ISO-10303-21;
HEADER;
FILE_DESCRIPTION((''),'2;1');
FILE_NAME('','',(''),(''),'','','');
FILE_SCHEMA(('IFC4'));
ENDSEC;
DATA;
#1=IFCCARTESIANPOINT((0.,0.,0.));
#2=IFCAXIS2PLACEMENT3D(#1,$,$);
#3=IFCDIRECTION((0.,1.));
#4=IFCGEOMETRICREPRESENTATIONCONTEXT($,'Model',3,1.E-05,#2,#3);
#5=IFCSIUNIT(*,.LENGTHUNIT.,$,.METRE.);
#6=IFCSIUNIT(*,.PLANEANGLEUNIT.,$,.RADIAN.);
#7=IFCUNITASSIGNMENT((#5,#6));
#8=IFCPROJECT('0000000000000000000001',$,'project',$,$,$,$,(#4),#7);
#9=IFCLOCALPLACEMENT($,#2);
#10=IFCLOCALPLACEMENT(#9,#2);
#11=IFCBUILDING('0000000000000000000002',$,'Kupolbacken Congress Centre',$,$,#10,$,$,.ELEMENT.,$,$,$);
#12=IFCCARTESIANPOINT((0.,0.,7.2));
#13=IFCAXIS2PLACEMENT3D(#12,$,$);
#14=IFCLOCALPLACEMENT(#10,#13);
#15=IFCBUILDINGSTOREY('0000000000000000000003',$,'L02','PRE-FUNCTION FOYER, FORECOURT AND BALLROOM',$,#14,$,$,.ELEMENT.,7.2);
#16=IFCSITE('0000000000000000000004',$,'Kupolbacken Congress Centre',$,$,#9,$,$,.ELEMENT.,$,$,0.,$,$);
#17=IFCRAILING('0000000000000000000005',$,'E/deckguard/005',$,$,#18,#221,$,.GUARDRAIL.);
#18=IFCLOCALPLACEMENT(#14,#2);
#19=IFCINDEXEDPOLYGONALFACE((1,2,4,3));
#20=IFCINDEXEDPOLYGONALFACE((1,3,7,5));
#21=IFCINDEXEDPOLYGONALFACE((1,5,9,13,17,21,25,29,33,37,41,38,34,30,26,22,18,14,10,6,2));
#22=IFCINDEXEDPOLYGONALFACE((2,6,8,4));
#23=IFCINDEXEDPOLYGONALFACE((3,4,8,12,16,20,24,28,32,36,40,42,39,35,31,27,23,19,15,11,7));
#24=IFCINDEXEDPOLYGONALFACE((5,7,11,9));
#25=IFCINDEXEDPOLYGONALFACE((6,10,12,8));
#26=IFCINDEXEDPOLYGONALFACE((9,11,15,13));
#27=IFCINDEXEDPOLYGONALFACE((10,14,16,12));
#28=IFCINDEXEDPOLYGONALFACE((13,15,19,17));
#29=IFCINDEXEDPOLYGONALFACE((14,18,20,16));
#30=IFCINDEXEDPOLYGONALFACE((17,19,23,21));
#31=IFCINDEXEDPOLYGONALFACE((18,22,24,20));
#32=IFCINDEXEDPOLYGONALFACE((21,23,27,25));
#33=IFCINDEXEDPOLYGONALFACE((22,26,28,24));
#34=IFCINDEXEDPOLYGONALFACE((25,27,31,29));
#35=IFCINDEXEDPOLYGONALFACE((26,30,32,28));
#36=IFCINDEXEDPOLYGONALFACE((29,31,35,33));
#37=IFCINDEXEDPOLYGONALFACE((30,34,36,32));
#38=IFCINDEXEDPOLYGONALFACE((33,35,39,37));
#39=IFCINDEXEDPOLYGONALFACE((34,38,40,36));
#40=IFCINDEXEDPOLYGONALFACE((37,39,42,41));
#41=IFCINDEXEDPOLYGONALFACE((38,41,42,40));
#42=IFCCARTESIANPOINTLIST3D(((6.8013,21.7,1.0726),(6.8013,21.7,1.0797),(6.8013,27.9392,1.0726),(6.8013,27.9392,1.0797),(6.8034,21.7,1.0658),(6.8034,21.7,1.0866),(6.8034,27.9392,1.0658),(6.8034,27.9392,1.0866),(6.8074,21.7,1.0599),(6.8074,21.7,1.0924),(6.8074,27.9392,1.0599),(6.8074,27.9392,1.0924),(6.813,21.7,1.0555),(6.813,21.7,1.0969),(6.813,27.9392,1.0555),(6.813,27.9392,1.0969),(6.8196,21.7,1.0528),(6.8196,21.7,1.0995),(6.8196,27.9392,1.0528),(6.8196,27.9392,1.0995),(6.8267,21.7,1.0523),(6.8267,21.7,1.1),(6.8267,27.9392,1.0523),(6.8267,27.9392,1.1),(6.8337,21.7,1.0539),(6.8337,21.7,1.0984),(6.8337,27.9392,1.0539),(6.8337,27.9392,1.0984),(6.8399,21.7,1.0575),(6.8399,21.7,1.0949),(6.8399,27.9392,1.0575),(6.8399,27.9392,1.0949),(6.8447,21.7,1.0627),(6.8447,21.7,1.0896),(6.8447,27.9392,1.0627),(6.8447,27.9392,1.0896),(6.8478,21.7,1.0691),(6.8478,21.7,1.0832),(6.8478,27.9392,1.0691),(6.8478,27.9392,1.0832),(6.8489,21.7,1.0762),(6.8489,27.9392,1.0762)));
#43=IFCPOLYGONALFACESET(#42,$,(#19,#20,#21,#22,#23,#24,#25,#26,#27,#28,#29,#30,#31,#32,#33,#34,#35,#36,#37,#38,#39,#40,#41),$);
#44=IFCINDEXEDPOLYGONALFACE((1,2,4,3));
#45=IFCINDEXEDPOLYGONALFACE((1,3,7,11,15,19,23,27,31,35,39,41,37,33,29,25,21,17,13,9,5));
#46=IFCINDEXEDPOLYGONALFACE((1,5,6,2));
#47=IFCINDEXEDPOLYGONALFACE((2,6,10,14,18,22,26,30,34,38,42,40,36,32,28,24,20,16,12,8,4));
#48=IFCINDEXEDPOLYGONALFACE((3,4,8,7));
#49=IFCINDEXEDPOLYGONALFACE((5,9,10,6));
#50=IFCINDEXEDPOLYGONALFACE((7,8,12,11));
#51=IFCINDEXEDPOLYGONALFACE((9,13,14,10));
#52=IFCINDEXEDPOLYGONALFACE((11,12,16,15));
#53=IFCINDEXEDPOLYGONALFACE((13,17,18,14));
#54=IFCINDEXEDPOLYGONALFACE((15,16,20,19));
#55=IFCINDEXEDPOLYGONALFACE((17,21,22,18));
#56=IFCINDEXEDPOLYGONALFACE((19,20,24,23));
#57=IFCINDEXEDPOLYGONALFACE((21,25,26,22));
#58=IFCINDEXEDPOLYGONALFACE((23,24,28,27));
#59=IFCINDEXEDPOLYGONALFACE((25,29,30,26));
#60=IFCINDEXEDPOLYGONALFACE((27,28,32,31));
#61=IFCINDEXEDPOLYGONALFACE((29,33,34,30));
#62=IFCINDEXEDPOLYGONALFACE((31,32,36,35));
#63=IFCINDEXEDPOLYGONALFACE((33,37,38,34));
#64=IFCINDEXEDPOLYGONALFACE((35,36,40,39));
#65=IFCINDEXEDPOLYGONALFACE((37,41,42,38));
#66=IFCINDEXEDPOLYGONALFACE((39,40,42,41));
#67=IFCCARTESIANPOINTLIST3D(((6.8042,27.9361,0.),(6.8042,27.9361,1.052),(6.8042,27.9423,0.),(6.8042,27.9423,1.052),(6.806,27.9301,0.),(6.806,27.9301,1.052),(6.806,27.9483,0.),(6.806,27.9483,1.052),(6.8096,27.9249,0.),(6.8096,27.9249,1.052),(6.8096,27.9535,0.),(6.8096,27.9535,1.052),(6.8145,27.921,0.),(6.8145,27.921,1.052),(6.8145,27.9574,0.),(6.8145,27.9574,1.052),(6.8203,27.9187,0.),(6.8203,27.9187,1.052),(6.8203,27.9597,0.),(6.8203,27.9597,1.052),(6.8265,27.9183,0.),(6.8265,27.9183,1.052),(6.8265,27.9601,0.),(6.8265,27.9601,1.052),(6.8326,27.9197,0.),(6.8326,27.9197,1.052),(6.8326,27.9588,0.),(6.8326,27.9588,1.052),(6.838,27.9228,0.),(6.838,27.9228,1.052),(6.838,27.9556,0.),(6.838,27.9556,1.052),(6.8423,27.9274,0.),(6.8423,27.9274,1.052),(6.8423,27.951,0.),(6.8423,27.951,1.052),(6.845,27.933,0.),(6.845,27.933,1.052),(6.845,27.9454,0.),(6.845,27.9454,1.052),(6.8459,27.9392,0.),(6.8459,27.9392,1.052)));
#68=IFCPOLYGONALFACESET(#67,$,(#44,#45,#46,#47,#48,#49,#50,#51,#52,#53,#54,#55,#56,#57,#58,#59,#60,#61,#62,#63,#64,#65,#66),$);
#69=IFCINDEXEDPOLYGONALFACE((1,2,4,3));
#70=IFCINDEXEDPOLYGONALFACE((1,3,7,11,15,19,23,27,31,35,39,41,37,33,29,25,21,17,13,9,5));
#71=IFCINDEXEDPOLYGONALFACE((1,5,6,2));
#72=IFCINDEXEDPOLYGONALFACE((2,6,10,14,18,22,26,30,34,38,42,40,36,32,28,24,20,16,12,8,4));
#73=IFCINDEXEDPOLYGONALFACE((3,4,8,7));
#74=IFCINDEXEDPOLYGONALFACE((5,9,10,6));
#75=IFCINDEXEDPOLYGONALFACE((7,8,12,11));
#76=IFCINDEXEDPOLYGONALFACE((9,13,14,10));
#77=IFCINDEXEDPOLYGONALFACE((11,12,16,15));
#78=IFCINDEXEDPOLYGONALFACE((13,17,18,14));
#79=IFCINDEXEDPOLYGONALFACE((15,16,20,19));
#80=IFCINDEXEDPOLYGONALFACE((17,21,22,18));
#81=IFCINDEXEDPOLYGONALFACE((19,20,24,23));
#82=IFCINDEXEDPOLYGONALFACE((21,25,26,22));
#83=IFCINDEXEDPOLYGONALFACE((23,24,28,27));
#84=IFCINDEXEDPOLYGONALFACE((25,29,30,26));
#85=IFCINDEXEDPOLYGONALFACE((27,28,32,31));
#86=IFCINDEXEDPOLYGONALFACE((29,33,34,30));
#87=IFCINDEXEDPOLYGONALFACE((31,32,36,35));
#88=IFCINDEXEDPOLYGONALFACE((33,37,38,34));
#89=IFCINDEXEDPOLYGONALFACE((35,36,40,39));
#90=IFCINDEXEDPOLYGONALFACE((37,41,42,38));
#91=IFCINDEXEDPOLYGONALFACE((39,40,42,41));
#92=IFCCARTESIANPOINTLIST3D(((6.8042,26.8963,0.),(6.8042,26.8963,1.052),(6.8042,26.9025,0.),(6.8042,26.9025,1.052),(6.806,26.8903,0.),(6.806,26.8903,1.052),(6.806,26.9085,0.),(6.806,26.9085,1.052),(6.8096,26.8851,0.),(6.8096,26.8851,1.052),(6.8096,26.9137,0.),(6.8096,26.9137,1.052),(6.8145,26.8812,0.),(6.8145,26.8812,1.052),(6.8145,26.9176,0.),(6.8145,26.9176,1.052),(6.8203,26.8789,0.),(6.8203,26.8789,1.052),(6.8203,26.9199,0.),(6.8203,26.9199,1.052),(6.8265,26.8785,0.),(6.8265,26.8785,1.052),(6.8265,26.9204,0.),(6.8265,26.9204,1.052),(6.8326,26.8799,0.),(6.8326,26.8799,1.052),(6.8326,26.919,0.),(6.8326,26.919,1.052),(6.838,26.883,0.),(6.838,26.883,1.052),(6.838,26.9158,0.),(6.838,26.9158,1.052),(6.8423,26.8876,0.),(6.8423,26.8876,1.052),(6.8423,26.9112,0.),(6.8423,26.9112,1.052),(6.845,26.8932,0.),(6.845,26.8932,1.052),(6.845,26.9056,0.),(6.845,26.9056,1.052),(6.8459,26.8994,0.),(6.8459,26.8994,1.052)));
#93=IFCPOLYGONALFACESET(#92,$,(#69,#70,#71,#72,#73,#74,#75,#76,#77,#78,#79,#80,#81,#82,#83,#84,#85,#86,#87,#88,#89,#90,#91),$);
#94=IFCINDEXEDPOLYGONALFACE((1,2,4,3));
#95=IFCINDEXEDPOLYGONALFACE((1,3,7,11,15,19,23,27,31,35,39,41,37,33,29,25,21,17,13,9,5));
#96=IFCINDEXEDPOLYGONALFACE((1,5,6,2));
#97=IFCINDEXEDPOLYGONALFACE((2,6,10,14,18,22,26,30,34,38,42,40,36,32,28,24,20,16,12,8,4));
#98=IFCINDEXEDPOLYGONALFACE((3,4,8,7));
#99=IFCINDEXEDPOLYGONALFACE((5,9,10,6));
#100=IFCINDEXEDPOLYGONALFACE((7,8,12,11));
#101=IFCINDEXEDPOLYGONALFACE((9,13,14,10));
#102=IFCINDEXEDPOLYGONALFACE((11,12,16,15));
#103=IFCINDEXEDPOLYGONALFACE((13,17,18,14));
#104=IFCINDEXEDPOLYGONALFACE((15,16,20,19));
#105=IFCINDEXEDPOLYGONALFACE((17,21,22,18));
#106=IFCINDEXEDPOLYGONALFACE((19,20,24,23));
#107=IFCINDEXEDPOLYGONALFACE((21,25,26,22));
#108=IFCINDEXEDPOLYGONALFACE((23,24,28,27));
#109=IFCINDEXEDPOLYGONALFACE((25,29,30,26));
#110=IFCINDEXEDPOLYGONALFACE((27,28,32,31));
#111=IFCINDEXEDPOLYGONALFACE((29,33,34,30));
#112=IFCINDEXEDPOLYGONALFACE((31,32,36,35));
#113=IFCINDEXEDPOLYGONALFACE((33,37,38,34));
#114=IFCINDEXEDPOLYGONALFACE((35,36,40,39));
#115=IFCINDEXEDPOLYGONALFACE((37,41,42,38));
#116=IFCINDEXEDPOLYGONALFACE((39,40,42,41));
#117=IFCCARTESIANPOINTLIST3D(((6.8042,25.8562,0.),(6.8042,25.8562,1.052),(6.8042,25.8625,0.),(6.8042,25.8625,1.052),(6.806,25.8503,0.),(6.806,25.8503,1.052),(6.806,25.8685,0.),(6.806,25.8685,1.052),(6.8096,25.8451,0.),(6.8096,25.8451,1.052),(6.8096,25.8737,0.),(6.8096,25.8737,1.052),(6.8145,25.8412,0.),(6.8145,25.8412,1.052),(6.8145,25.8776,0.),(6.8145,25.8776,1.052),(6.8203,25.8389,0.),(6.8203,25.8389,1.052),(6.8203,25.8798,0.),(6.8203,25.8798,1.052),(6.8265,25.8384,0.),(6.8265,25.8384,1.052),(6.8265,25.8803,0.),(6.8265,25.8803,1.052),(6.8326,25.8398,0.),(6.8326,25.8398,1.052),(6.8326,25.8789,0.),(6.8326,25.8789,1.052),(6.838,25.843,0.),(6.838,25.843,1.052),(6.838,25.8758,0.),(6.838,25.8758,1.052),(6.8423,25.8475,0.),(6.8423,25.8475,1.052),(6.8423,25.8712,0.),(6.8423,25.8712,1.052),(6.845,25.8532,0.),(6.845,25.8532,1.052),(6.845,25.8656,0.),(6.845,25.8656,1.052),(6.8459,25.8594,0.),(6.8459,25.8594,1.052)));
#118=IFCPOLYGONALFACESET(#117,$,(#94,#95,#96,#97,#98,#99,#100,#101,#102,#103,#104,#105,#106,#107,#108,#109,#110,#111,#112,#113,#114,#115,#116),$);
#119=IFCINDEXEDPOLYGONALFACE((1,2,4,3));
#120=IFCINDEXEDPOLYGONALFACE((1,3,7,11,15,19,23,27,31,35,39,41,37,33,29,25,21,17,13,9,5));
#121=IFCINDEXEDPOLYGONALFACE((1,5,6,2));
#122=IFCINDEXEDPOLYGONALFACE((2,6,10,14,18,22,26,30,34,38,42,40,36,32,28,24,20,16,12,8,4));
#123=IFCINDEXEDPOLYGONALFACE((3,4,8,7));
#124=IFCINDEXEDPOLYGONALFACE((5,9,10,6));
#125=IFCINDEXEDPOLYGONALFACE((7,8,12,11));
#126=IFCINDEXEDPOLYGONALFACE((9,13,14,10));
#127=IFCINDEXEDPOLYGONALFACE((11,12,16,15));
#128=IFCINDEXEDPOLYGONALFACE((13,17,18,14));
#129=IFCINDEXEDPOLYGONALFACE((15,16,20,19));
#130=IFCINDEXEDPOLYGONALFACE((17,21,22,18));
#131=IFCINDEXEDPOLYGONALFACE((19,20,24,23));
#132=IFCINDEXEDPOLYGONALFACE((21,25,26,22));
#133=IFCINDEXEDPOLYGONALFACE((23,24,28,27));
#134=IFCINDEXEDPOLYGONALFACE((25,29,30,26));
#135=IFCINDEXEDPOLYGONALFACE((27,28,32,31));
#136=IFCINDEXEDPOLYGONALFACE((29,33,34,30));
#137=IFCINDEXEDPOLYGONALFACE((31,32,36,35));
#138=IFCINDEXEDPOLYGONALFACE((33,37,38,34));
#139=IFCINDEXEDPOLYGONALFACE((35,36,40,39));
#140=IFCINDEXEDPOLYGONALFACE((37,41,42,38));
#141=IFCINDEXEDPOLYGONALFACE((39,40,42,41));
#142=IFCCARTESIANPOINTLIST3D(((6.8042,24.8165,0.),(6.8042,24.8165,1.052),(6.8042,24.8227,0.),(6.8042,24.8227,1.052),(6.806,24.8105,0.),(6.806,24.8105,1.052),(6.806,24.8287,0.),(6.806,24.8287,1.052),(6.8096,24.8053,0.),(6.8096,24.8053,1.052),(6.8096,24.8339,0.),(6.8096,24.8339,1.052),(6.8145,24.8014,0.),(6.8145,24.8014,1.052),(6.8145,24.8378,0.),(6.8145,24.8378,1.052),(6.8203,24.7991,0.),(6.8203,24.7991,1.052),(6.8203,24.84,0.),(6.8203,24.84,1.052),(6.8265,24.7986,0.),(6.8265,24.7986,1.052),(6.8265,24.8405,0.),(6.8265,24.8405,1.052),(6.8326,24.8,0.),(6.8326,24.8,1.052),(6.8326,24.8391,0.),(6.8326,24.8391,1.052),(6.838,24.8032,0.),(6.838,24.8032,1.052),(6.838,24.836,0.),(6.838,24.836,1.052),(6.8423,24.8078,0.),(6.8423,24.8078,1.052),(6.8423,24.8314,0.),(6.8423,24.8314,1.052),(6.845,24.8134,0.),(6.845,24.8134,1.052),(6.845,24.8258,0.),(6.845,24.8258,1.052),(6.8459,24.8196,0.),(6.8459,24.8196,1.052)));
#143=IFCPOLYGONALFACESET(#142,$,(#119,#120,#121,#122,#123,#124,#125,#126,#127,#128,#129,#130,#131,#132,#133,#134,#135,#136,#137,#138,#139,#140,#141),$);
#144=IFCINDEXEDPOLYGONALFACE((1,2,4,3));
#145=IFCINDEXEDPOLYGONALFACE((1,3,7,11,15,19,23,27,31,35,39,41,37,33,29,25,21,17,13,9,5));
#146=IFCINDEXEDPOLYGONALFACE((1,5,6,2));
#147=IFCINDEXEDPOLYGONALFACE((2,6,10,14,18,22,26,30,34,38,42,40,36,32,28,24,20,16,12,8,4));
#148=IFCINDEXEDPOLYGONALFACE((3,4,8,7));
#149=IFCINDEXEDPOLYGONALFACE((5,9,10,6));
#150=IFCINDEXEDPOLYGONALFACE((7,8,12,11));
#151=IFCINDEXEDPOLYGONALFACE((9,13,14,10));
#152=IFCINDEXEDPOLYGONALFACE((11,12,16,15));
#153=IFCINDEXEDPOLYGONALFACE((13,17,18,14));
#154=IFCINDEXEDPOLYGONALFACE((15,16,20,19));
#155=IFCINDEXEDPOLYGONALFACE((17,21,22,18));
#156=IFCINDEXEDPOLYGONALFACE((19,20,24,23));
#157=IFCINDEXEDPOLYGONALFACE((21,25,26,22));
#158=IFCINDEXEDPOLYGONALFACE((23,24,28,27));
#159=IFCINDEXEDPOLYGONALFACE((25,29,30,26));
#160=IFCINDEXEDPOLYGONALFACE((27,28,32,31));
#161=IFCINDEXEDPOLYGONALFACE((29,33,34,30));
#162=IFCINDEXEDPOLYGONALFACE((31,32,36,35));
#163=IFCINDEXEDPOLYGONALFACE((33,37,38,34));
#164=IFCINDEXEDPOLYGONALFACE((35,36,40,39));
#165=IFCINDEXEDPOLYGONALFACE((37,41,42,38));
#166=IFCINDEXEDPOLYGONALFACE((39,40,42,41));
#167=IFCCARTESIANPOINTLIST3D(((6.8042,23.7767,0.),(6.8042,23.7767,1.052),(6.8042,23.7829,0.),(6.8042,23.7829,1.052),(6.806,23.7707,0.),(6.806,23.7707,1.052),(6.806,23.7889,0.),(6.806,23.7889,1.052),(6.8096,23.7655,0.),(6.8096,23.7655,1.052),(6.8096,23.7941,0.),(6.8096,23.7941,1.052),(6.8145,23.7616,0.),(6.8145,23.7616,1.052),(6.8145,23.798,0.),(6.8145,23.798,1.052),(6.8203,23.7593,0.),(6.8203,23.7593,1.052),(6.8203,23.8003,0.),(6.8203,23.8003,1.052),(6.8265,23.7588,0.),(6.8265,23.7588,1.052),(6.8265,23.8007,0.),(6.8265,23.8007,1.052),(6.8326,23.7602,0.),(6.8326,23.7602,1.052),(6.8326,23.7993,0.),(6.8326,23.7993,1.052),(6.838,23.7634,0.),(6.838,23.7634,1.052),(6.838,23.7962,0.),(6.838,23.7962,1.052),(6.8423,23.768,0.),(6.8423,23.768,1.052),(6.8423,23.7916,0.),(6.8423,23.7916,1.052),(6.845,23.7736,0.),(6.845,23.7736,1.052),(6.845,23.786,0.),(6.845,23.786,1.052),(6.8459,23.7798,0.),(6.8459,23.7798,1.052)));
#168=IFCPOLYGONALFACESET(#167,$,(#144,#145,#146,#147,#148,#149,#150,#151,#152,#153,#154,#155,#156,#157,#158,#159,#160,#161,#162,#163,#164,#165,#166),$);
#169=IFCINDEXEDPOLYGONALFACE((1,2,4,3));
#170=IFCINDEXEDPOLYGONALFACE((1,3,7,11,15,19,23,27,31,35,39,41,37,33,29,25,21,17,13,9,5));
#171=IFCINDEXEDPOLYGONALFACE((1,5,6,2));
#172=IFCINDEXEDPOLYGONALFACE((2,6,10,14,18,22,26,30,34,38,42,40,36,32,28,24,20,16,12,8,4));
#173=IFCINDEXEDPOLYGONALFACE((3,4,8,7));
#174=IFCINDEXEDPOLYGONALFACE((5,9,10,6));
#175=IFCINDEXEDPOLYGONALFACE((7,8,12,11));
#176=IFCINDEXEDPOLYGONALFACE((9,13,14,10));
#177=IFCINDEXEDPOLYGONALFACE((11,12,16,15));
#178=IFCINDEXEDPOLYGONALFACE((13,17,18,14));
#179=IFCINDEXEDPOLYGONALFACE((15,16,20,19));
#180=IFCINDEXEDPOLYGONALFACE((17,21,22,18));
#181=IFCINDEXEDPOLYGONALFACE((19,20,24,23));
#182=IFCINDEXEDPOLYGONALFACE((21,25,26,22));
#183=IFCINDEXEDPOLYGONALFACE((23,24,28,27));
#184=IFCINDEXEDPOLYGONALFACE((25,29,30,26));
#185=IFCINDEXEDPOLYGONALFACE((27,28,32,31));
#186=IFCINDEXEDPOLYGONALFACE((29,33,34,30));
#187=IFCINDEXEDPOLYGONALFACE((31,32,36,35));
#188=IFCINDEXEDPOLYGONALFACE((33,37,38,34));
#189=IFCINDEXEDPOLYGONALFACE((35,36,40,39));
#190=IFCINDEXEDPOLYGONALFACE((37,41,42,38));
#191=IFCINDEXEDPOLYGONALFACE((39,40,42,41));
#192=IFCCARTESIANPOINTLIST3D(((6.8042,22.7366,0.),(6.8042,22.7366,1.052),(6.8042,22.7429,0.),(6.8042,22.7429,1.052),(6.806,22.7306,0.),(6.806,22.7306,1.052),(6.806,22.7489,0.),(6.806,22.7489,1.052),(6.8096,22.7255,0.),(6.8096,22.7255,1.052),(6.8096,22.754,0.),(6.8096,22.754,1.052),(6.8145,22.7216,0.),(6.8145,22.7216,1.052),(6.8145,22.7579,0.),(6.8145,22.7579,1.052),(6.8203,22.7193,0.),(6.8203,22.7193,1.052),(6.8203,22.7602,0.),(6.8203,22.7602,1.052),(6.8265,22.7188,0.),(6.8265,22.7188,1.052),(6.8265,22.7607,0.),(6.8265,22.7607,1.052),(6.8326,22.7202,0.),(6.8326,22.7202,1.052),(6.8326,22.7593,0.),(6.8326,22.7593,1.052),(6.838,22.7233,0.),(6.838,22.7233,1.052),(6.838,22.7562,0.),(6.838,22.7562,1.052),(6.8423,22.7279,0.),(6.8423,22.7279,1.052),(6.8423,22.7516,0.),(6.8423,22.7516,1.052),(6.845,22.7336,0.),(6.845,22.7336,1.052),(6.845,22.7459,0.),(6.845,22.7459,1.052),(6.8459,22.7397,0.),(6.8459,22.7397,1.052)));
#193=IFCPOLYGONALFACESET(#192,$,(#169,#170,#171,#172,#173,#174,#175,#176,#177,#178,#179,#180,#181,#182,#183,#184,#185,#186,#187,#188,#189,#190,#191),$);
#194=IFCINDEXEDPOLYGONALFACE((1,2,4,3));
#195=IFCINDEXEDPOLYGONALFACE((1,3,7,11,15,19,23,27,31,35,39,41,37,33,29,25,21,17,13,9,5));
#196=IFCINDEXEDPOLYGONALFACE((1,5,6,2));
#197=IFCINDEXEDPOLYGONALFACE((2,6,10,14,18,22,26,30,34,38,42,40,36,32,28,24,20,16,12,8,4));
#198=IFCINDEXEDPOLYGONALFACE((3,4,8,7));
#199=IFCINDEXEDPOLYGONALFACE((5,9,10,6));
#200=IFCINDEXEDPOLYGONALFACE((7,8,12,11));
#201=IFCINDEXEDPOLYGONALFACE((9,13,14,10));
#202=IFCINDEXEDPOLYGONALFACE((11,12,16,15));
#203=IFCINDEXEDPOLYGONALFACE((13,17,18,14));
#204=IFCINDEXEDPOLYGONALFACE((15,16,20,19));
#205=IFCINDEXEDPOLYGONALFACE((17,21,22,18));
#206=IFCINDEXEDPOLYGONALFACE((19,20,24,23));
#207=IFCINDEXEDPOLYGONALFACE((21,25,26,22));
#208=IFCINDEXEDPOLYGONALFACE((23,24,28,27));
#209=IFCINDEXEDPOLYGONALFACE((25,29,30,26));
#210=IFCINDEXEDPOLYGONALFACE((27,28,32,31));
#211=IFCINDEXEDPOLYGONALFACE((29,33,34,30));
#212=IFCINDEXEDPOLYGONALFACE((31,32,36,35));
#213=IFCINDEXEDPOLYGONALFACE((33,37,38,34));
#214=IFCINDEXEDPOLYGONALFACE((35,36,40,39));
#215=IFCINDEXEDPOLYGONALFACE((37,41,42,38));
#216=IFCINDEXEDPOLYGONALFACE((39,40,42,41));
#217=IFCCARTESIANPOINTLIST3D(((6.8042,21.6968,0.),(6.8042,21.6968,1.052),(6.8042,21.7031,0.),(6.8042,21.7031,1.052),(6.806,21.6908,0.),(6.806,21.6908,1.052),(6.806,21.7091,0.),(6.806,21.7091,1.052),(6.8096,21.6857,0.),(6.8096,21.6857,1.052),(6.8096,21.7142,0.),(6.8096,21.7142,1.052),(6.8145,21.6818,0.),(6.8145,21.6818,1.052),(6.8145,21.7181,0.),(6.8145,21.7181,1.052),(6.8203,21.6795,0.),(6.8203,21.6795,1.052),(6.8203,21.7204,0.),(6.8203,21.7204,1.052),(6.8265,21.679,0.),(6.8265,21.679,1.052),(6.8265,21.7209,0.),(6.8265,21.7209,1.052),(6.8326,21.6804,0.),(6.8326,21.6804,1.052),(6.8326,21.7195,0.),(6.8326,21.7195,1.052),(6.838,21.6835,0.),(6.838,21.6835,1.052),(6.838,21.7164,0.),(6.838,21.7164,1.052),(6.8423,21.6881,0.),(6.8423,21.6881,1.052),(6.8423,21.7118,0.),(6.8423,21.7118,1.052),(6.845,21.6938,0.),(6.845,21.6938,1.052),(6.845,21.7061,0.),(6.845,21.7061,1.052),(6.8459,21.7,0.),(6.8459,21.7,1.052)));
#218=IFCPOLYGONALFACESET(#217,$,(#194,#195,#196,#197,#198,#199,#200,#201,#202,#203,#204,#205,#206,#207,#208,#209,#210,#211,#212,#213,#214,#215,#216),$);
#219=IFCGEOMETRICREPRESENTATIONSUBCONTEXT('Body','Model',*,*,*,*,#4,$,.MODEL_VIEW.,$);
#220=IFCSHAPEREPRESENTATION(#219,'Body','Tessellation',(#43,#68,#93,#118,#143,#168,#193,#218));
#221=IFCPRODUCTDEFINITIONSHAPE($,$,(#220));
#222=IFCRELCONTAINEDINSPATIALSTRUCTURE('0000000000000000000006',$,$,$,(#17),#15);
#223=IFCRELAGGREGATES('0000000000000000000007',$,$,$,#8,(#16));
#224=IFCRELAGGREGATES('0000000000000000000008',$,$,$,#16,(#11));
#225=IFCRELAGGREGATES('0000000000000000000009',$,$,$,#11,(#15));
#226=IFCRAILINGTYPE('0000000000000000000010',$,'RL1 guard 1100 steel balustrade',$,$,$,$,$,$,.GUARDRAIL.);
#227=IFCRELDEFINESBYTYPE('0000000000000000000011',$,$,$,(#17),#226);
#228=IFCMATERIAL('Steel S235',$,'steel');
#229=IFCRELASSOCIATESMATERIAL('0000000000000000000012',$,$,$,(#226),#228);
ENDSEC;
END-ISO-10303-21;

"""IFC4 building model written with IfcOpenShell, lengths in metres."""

from ifc_helpers import new_model, si_unit, direction, frame, origin, origin_2d, place, context, subcontext, project, spatial, circle, extrude, material, type_object, element, save


model = new_model("IFC4")

# Units and contexts
model_context = context("Model", 3, precision=1e-05, world=origin(), true_north=direction((0.0, 1.0)))
body_context = subcontext(model_context, "Body", "Model", "MODEL_VIEW")
ifc_project = project(units=[si_unit("LENGTHUNIT", "METRE"), si_unit("PLANEANGLEUNIT", "RADIAN")], contexts=[model_context])

# Site, building, storey
site_placement = place(None, origin())
site = spatial("IfcSite", under=ifc_project, at=site_placement, Name="Kupolbacken Congress Centre", CompositionType="ELEMENT", RefElevation=0.0)
building_placement = place(site_placement, origin())
building = spatial("IfcBuilding", under=site, at=building_placement, Name="Kupolbacken Congress Centre", CompositionType="ELEMENT")
storey_placement = place(building_placement, frame((0.0, 0.0, 7.2)))
storey = spatial("IfcBuildingStorey", under=building, at=storey_placement, Name="L02", Description="PRE-FUNCTION FOYER, FORECOURT AND BALLROOM", CompositionType="ELEMENT", Elevation=7.2)

# Railing
ifc_material_1 = material(Name="Steel S235", Category="steel")
railing_type_1 = type_object("IfcRailingType", Name="RL1 guard 1100 steel balustrade", PredefinedType="GUARDRAIL", material=ifc_material_1)
railing_1_placement = place(storey_placement, frame((6.825, 27.9392, 0.0)))
element("IfcRailing", 1, at=railing_1_placement, inside=storey, type_object=railing_type_1, Name="E/deckguard/005", PredefinedType="GUARDRAIL", context=body_context, shape_type="SweptSolid", body=[
    extrude(circle(Radius=0.0239, at=origin_2d()), frame((0.0, 0.0, 1.0762), z_axis=(0.0, -1.0, 0.0), x_axis=(1.0, 0.0, 0.0)), (0.0, 0.0, 1.0), 6.2393),
    extrude(circle(Radius=0.021, at=origin_2d()), origin(), (0.0, 0.0, 1.0), 1.052),
    extrude(circle(Radius=0.021, at=origin_2d()), frame((0.0, -1.0398, 0.0)), (0.0, 0.0, 1.0), 1.052),
    extrude(circle(Radius=0.021, at=origin_2d()), frame((0.0, -2.0798, 0.0)), (0.0, 0.0, 1.0), 1.052),
    extrude(circle(Radius=0.021, at=origin_2d()), frame((0.0, -3.1196, 0.0)), (0.0, 0.0, 1.0), 1.052),
    extrude(circle(Radius=0.021, at=origin_2d()), frame((0.0, -4.1594, 0.0)), (0.0, 0.0, 1.0), 1.052),
    extrude(circle(Radius=0.021, at=origin_2d()), frame((0.0, -5.1995, 0.0)), (0.0, 0.0, 1.0), 1.052),
    extrude(circle(Radius=0.021, at=origin_2d()), frame((0.0, -6.2393, 0.0)), (0.0, 0.0, 1.0), 1.052),
])

save(model, "model.ifc")
